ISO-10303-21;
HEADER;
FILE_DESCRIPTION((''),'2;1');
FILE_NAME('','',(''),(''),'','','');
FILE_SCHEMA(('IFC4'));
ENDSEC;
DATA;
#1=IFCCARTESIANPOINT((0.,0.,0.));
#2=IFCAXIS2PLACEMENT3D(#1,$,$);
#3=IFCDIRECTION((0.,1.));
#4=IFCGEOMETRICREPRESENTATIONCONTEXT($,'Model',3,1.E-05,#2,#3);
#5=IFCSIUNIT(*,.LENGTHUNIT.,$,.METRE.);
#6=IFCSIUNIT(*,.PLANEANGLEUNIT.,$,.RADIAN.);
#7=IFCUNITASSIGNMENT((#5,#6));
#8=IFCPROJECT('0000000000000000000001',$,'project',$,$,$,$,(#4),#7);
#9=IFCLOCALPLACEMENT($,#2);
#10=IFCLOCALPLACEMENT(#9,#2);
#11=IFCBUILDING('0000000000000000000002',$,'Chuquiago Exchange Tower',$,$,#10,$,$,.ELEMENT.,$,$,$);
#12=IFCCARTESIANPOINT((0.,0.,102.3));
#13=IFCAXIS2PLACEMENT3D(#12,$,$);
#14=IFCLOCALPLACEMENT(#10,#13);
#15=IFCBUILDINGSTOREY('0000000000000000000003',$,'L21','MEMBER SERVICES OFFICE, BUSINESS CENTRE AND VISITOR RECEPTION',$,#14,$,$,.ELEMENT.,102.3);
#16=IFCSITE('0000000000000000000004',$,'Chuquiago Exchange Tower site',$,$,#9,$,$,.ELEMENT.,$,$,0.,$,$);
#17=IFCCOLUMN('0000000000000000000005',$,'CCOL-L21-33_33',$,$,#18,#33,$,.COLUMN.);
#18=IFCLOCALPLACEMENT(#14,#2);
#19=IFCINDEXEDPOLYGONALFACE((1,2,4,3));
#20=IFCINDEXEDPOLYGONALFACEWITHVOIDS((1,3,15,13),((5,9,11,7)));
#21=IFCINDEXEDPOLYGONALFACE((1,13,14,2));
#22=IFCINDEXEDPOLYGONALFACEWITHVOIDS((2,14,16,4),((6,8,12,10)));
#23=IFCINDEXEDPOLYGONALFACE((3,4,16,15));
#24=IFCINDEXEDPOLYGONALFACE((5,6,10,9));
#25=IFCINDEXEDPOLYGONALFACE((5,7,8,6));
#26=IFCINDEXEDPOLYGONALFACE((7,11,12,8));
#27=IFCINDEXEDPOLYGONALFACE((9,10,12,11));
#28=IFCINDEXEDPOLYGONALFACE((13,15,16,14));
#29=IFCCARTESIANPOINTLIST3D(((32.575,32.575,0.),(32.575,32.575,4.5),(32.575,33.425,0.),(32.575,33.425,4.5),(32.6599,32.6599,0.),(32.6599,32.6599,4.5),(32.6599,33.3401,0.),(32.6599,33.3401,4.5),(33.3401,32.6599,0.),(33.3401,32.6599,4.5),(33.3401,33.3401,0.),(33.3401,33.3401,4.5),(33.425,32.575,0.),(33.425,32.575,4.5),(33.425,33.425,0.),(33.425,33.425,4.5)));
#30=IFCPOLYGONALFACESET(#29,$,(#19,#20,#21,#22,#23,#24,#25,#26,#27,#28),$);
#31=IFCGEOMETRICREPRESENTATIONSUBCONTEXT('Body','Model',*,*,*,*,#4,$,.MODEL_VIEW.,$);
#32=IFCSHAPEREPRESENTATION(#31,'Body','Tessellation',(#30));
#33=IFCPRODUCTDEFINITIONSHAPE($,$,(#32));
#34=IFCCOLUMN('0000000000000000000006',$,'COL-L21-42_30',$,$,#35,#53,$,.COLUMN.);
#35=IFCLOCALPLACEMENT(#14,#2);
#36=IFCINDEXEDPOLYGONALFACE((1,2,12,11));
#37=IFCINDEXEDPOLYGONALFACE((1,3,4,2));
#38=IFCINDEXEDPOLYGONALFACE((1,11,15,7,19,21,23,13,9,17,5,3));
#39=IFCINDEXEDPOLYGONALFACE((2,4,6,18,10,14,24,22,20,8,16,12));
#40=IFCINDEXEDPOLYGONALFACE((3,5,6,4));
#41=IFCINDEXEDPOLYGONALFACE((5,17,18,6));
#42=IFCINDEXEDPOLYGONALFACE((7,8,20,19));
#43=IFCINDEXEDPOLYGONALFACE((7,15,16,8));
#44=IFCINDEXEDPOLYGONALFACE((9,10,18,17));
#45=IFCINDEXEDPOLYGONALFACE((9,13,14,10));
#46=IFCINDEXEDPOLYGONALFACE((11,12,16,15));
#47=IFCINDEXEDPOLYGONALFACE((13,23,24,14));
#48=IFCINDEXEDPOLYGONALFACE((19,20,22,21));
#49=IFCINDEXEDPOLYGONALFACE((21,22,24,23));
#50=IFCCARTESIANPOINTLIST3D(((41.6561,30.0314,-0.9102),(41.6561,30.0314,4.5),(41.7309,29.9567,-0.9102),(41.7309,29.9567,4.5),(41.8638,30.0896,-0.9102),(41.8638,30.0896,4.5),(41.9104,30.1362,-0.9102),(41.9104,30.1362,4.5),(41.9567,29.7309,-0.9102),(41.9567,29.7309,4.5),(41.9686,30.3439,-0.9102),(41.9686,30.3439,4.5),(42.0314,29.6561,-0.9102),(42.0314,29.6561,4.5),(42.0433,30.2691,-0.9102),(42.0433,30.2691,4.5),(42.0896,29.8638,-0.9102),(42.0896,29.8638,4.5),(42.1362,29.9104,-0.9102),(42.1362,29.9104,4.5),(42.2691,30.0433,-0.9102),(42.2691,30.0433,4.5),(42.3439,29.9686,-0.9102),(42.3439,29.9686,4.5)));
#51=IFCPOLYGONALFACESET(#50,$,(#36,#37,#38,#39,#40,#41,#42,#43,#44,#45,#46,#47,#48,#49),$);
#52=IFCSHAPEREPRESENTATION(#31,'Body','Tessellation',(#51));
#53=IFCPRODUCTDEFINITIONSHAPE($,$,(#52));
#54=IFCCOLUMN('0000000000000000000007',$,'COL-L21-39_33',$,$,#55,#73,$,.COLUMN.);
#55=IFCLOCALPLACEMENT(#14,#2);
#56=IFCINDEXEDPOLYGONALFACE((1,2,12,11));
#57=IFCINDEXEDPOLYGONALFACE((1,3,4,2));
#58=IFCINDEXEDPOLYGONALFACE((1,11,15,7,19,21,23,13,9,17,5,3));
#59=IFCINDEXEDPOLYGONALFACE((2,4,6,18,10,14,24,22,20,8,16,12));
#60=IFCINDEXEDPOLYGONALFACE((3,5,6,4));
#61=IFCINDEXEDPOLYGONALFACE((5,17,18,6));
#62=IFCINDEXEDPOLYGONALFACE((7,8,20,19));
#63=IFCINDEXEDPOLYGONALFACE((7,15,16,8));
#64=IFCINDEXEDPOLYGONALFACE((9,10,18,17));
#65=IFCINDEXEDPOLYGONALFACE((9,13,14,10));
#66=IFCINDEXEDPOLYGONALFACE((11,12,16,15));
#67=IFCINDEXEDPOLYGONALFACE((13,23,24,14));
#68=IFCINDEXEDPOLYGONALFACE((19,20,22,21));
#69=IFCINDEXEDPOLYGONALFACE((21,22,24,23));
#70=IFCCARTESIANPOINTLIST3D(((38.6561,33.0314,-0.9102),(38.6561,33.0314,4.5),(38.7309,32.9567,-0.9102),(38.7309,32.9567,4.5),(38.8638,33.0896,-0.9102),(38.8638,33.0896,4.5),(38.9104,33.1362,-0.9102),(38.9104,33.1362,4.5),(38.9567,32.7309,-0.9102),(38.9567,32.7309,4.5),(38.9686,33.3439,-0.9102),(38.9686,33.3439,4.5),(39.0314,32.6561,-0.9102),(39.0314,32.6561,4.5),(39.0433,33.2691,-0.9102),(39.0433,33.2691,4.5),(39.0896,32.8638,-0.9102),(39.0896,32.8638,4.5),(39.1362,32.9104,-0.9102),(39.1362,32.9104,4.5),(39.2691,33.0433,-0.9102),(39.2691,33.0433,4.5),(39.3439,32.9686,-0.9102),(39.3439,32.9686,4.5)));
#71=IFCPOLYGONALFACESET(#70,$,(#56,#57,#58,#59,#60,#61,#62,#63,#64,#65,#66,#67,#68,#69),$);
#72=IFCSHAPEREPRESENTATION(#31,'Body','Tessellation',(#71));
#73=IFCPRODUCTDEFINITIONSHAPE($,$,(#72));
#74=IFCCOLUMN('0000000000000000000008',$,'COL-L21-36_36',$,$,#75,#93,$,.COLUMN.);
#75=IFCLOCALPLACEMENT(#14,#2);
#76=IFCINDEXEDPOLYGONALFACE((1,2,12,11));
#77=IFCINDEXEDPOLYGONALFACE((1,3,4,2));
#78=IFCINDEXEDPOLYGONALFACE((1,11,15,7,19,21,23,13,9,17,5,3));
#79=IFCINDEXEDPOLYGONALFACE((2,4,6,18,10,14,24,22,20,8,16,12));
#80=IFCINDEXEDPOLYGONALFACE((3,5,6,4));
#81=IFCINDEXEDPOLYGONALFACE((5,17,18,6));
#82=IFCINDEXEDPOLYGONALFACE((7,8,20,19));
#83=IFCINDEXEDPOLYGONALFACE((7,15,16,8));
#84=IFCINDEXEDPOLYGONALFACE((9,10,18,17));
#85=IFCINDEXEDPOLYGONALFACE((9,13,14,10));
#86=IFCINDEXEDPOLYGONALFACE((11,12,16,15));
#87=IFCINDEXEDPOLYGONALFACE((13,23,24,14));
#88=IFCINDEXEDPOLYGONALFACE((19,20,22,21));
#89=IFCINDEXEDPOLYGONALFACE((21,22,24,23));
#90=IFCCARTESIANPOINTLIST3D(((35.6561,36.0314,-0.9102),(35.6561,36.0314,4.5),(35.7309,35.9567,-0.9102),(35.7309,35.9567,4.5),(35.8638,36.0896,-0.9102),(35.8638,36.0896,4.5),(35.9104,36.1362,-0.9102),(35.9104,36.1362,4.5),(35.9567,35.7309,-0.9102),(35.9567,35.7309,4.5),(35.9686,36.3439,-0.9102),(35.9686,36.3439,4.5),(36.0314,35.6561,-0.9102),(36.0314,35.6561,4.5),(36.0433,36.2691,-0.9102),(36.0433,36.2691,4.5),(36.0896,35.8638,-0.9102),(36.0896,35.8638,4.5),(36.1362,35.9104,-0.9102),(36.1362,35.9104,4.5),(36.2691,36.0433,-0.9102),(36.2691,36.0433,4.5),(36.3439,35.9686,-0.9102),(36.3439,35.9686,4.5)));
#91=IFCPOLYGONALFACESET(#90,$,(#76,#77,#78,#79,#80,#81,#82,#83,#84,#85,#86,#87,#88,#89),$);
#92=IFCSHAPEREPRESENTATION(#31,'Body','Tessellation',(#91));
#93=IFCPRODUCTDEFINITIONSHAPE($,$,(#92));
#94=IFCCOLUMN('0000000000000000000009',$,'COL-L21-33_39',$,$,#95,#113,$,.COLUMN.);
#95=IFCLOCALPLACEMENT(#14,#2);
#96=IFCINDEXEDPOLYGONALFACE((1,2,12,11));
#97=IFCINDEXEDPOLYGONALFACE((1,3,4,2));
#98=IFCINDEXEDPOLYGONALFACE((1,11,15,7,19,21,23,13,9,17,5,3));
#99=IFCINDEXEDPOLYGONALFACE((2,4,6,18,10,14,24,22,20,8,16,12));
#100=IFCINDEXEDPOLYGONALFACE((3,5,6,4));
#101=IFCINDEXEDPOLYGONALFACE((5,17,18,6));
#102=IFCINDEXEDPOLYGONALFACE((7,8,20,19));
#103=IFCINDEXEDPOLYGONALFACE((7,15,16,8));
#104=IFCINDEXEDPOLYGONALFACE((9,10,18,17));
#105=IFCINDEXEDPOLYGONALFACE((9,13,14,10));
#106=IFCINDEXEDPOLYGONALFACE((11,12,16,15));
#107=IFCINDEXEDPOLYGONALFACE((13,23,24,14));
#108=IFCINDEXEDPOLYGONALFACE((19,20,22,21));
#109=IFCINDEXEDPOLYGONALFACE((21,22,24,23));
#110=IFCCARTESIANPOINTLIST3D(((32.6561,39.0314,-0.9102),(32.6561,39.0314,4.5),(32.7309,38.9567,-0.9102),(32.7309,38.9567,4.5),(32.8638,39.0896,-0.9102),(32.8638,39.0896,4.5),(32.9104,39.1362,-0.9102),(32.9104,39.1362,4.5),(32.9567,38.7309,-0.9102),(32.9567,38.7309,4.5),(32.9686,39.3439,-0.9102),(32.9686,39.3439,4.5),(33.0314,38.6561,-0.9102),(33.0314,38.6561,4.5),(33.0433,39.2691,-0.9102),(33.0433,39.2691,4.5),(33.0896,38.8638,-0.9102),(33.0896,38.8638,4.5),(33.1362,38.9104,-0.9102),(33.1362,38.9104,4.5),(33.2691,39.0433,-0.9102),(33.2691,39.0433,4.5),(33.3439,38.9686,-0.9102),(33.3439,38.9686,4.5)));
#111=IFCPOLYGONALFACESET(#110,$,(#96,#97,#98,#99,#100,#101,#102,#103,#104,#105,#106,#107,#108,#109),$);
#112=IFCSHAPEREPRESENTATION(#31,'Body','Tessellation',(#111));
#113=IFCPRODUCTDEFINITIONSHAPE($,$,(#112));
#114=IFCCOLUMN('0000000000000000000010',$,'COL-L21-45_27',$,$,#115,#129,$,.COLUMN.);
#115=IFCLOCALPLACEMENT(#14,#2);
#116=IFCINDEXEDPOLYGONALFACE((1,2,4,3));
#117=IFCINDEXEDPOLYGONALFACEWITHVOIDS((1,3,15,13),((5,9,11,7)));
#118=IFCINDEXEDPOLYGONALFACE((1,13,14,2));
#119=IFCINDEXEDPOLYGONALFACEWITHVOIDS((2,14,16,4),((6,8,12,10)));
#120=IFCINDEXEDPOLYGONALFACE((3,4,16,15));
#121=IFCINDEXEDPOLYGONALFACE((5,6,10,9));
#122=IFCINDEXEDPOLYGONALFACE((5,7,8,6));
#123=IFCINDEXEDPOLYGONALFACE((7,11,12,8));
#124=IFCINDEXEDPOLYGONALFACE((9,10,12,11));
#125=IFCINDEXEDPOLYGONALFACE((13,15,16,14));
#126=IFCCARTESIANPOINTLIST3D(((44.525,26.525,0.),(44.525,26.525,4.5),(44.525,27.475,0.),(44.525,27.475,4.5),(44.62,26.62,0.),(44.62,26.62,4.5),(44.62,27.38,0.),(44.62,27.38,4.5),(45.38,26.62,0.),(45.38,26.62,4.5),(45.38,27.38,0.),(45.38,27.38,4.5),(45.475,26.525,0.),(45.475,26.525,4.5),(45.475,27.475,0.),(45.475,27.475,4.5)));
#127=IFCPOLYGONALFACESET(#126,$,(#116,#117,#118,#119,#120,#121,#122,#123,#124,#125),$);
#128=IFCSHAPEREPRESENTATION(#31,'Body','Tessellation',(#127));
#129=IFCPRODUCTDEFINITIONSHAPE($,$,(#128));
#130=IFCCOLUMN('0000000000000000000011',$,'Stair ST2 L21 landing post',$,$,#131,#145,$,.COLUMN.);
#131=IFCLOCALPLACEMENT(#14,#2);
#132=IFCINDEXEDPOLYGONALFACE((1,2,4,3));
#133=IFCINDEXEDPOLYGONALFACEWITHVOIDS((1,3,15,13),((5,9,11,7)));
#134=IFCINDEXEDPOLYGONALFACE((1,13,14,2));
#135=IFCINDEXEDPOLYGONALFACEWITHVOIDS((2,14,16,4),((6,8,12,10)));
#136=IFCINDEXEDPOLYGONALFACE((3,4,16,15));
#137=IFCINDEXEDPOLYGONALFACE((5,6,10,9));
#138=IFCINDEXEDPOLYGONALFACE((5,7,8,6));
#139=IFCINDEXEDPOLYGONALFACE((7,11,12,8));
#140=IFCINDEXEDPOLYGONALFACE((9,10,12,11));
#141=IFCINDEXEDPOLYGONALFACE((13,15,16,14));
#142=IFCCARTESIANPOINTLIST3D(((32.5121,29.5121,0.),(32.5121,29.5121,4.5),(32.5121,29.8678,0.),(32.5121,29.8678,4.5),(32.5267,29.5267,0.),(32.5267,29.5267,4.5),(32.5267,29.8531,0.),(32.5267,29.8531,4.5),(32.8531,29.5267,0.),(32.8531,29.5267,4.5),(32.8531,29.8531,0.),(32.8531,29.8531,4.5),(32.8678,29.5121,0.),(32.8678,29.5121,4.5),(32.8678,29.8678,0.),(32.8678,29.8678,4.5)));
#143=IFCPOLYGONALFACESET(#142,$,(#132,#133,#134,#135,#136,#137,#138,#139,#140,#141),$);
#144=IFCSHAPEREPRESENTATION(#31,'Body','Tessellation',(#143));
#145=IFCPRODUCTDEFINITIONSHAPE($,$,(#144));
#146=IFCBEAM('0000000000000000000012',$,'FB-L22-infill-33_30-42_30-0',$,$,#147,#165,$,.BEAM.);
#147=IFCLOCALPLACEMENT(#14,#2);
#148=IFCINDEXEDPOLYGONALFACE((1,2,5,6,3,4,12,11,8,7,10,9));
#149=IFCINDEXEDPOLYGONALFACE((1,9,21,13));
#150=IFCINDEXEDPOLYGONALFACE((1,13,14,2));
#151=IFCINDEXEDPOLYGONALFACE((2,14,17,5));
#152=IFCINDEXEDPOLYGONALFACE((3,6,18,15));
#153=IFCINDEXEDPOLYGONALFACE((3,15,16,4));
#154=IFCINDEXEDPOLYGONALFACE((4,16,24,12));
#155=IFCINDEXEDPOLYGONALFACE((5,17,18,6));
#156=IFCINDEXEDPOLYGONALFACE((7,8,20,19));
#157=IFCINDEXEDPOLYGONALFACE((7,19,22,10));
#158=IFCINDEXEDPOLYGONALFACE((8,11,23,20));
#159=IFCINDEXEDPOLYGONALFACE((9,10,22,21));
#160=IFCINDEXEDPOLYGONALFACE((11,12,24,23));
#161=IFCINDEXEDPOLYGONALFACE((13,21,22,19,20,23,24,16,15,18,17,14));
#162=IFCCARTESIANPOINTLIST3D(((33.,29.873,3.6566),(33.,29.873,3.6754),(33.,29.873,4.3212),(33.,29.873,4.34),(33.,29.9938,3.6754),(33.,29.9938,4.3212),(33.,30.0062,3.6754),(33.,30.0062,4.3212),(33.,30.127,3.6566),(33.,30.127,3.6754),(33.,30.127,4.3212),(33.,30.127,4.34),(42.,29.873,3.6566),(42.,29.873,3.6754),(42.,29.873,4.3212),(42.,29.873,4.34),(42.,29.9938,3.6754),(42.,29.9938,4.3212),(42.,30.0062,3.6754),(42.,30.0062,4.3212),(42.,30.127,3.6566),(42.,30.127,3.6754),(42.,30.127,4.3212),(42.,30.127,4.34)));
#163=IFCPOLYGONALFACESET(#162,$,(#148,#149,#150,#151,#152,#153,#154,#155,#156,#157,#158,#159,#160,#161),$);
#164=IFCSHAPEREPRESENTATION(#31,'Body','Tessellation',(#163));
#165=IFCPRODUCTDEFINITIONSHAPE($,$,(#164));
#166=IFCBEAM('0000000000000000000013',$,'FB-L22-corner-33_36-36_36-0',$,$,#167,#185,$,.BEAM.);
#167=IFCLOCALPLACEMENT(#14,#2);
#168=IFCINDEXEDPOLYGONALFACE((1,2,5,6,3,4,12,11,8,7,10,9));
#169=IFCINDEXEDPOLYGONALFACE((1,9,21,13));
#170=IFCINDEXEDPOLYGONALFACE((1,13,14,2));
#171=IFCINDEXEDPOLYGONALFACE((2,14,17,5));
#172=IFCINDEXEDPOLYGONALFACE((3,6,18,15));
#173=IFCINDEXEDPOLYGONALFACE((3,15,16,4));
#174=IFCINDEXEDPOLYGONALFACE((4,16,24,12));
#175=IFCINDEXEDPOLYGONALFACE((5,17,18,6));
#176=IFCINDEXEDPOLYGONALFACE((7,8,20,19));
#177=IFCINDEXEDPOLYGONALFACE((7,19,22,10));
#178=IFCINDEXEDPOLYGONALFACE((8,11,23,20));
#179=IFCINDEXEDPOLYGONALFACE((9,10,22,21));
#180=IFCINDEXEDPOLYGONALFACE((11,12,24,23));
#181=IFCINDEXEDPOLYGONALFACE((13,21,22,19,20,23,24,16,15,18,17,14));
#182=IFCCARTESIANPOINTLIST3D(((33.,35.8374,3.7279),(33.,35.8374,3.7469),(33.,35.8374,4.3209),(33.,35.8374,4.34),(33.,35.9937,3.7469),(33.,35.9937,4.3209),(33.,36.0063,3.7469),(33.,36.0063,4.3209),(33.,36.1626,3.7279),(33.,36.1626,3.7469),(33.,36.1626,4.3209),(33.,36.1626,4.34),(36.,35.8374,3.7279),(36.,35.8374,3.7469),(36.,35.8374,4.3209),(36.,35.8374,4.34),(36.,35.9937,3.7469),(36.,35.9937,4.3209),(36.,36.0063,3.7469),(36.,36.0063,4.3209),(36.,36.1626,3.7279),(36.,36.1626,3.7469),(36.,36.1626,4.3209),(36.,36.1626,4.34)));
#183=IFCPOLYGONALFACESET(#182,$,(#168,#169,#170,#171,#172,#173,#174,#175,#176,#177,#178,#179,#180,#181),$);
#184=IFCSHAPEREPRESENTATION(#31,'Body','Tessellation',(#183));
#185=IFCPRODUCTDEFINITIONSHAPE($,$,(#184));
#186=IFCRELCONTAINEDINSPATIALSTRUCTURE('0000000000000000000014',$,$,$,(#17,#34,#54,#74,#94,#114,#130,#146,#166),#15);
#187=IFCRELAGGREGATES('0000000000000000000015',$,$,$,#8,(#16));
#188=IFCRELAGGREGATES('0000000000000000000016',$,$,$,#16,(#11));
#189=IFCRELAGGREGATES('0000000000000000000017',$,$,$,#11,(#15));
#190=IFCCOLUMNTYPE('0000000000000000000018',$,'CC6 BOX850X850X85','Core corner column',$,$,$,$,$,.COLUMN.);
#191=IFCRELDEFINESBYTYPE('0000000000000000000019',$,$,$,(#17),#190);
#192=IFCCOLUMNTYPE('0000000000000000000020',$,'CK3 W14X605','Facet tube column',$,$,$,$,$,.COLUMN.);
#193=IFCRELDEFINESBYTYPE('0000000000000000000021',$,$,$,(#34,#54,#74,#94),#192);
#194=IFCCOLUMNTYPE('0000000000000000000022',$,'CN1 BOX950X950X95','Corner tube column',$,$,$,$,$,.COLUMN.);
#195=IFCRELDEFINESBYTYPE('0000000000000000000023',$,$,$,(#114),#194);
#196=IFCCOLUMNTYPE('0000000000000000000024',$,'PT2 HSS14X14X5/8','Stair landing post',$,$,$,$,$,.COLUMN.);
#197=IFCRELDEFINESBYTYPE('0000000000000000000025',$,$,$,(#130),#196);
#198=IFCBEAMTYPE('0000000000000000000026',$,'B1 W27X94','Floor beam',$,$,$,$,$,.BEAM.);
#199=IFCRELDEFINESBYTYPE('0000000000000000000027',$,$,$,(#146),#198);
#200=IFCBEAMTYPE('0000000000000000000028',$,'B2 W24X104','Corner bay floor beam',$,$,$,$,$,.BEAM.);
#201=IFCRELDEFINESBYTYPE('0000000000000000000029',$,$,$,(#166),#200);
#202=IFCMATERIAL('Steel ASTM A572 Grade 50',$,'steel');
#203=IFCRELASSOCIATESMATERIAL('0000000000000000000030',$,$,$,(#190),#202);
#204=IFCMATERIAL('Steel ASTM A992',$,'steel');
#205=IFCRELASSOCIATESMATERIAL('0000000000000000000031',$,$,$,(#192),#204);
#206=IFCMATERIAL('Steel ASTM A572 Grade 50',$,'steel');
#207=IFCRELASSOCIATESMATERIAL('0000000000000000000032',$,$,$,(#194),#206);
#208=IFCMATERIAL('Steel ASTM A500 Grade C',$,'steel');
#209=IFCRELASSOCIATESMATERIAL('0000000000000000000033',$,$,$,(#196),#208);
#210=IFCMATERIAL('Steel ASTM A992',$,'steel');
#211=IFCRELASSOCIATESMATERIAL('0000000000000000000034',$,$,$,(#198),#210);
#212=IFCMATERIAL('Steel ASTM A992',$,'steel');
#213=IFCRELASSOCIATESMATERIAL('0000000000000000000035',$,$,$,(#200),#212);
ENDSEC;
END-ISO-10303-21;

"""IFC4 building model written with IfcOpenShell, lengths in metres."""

from ifc_helpers import new_model, si_unit, direction, frame, origin, origin_2d, place, context, subcontext, project, spatial, hollow_rectangle, i_section, extrude, material, material_profile, profile_set, type_object, element, save


model = new_model("IFC4")

# Units and contexts
model_context = context("Model", 3, precision=1e-05, world=origin(), true_north=direction((0.0, 1.0)))
body_context = subcontext(model_context, "Body", "Model", "MODEL_VIEW")
ifc_project = project(units=[si_unit("LENGTHUNIT", "METRE"), si_unit("PLANEANGLEUNIT", "RADIAN")], contexts=[model_context])

# Site, building, storey
site_placement = place(None, origin())
site = spatial("IfcSite", under=ifc_project, at=site_placement, Name="Chuquiago Exchange Tower site", CompositionType="ELEMENT", RefElevation=0.0)
building_placement = place(site_placement, origin())
building = spatial("IfcBuilding", under=site, at=building_placement, Name="Chuquiago Exchange Tower", CompositionType="ELEMENT")
storey_placement = place(building_placement, frame((0.0, 0.0, 102.3)))
storey = spatial("IfcBuildingStorey", under=building, at=storey_placement, Name="L21", Description="MEMBER SERVICES OFFICE, BUSINESS CENTRE AND VISITOR RECEPTION", CompositionType="ELEMENT", Elevation=102.3)

# Columns
ifc_material_1 = material(Name="Steel ASTM A572 Grade 50", Category="steel")
ifc_material_profile_1 = material_profile(ifc_material_1, hollow_rectangle(XDim=0.8501, YDim=0.8501, WallThickness=0.085, at=origin_2d()), Name="BOX850X850X85")
ifc_profile_set_1 = profile_set([ifc_material_profile_1], Name="Steel ASTM A572 Grade 50")
column_type_1 = type_object("IfcColumnType", Name="CC6 BOX850X850X85", Description="Core corner column", PredefinedType="COLUMN", material=ifc_profile_set_1)
column_1_placement = place(storey_placement, frame((33.0, 33.0, 0.0), z_axis=(0.0, 0.0, 1.0), x_axis=(1.0, 0.0, 0.0)))
element("IfcColumn", 1, at=column_1_placement, inside=storey, type_object=column_type_1, Name="CCOL-L21-33_33", PredefinedType="COLUMN", context=body_context, shape_type="SweptSolid", body=[
    extrude(hollow_rectangle(XDim=0.8501, YDim=0.8501, WallThickness=0.085, at=origin_2d()), origin(), (0.0, 0.0, 1.0), 4.5),
])
ifc_material_2 = material(Name="Steel ASTM A992", Category="steel")
ifc_material_profile_2 = material_profile(ifc_material_2, i_section(OverallWidth=0.4419, OverallDepth=0.5308, WebThickness=0.0659, FlangeThickness=0.1057, at=origin_2d()), Name="W14X605")
ifc_profile_set_2 = profile_set([ifc_material_profile_2], Name="Steel ASTM A992")
column_type_2 = type_object("IfcColumnType", Name="CK3 W14X605", Description="Facet tube column", PredefinedType="COLUMN", material=ifc_profile_set_2)
for number, where, z_axis, x_axis, name in (
    (2, (42.0, 30.0, -0.9102), (0.0, 0.0, 1.0), (0.707107, 0.707107, 0.0), "COL-L21-42_30"),
    (3, (39.0, 33.0, -0.9102), (0.0, 0.0, 1.0), (0.707107, 0.707107, 0.0), "COL-L21-39_33"),
    (4, (36.0, 36.0, -0.9102), (0.0, 0.0, 1.0), (0.707107, 0.707107, 0.0), "COL-L21-36_36"),
    (5, (33.0, 39.0, -0.9102), (0.0, 0.0, 1.0), (0.707107, 0.707107, 0.0), "COL-L21-33_39"),
):
    element("IfcColumn", number, at=place(storey_placement, frame(where, z_axis=z_axis, x_axis=x_axis)), inside=storey, type_object=column_type_2, Name=name, PredefinedType="COLUMN", context=body_context, shape_type="SweptSolid", body=[
        extrude(i_section(OverallWidth=0.4419, OverallDepth=0.5308, WebThickness=0.0659, FlangeThickness=0.1057, at=origin_2d()), origin(), (0.0, 0.0, 1.0), 5.4102),
    ])
ifc_material_3 = material(Name="Steel ASTM A572 Grade 50", Category="steel")
ifc_material_profile_3 = material_profile(ifc_material_3, hollow_rectangle(XDim=0.95, YDim=0.95, WallThickness=0.095, at=origin_2d()), Name="BOX950X950X95")
ifc_profile_set_3 = profile_set([ifc_material_profile_3], Name="Steel ASTM A572 Grade 50")
column_type_3 = type_object("IfcColumnType", Name="CN1 BOX950X950X95", Description="Corner tube column", PredefinedType="COLUMN", material=ifc_profile_set_3)
column_2_placement = place(storey_placement, frame((45.0, 27.0, 0.0), z_axis=(0.0, 0.0, 1.0), x_axis=(1.0, 0.0, 0.0)))
element("IfcColumn", 6, at=column_2_placement, inside=storey, type_object=column_type_3, Name="COL-L21-45_27", PredefinedType="COLUMN", context=body_context, shape_type="SweptSolid", body=[
    extrude(hollow_rectangle(XDim=0.95, YDim=0.95, WallThickness=0.095, at=origin_2d()), origin(), (0.0, 0.0, 1.0), 4.5),
])
ifc_material_4 = material(Name="Steel ASTM A500 Grade C", Category="steel")
ifc_material_profile_4 = material_profile(ifc_material_4, hollow_rectangle(XDim=0.3557, YDim=0.3557, WallThickness=0.0146, at=origin_2d()), Name="HSS14X14X5/8")
ifc_profile_set_4 = profile_set([ifc_material_profile_4], Name="Steel ASTM A500 Grade C")
column_type_4 = type_object("IfcColumnType", Name="PT2 HSS14X14X5/8", Description="Stair landing post", PredefinedType="COLUMN", material=ifc_profile_set_4)
column_3_placement = place(storey_placement, frame((32.6899, 29.6899, 0.0), z_axis=(0.0, 0.0, 1.0), x_axis=(1.0, 0.0, 0.0)))
element("IfcColumn", 7, at=column_3_placement, inside=storey, type_object=column_type_4, Name="Stair ST2 L21 landing post", PredefinedType="COLUMN", context=body_context, shape_type="SweptSolid", body=[
    extrude(hollow_rectangle(XDim=0.3557, YDim=0.3557, WallThickness=0.0146, at=origin_2d()), origin(), (0.0, 0.0, 1.0), 4.5),
])

# Beams
ifc_material_5 = material(Name="Steel ASTM A992", Category="steel")
ifc_material_profile_5 = material_profile(ifc_material_5, i_section(OverallWidth=0.2539, OverallDepth=0.6833, WebThickness=0.0125, FlangeThickness=0.0188, at=origin_2d()), Name="W27X94")
ifc_profile_set_5 = profile_set([ifc_material_profile_5], Name="Steel ASTM A992")
beam_type_1 = type_object("IfcBeamType", Name="B1 W27X94", Description="Floor beam", PredefinedType="BEAM", material=ifc_profile_set_5)
beam_1_placement = place(storey_placement, frame((33.0, 30.0, 3.9983), z_axis=(1.0, 0.0, 0.0), x_axis=(0.0, 1.0, 0.0)))
element("IfcBeam", 8, at=beam_1_placement, inside=storey, type_object=beam_type_1, Name="FB-L22-infill-33_30-42_30-0", PredefinedType="BEAM", context=body_context, shape_type="SweptSolid", body=[
    extrude(i_section(OverallWidth=0.2539, OverallDepth=0.6833, WebThickness=0.0125, FlangeThickness=0.0188, at=origin_2d()), origin(), (0.0, 0.0, 1.0), 9.0),
])
ifc_material_6 = material(Name="Steel ASTM A992", Category="steel")
ifc_material_profile_6 = material_profile(ifc_material_6, i_section(OverallWidth=0.3252, OverallDepth=0.6121, WebThickness=0.0127, FlangeThickness=0.019, at=origin_2d()), Name="W24X104")
ifc_profile_set_6 = profile_set([ifc_material_profile_6], Name="Steel ASTM A992")
beam_type_2 = type_object("IfcBeamType", Name="B2 W24X104", Description="Corner bay floor beam", PredefinedType="BEAM", material=ifc_profile_set_6)
beam_2_placement = place(storey_placement, frame((33.0, 36.0, 4.0339), z_axis=(1.0, 0.0, 0.0), x_axis=(0.0, 1.0, 0.0)))
element("IfcBeam", 9, at=beam_2_placement, inside=storey, type_object=beam_type_2, Name="FB-L22-corner-33_36-36_36-0", PredefinedType="BEAM", context=body_context, shape_type="SweptSolid", body=[
    extrude(i_section(OverallWidth=0.3252, OverallDepth=0.6121, WebThickness=0.0127, FlangeThickness=0.019, at=origin_2d()), origin(), (0.0, 0.0, 1.0), 3.0),
])

save(model, "model.ifc")
